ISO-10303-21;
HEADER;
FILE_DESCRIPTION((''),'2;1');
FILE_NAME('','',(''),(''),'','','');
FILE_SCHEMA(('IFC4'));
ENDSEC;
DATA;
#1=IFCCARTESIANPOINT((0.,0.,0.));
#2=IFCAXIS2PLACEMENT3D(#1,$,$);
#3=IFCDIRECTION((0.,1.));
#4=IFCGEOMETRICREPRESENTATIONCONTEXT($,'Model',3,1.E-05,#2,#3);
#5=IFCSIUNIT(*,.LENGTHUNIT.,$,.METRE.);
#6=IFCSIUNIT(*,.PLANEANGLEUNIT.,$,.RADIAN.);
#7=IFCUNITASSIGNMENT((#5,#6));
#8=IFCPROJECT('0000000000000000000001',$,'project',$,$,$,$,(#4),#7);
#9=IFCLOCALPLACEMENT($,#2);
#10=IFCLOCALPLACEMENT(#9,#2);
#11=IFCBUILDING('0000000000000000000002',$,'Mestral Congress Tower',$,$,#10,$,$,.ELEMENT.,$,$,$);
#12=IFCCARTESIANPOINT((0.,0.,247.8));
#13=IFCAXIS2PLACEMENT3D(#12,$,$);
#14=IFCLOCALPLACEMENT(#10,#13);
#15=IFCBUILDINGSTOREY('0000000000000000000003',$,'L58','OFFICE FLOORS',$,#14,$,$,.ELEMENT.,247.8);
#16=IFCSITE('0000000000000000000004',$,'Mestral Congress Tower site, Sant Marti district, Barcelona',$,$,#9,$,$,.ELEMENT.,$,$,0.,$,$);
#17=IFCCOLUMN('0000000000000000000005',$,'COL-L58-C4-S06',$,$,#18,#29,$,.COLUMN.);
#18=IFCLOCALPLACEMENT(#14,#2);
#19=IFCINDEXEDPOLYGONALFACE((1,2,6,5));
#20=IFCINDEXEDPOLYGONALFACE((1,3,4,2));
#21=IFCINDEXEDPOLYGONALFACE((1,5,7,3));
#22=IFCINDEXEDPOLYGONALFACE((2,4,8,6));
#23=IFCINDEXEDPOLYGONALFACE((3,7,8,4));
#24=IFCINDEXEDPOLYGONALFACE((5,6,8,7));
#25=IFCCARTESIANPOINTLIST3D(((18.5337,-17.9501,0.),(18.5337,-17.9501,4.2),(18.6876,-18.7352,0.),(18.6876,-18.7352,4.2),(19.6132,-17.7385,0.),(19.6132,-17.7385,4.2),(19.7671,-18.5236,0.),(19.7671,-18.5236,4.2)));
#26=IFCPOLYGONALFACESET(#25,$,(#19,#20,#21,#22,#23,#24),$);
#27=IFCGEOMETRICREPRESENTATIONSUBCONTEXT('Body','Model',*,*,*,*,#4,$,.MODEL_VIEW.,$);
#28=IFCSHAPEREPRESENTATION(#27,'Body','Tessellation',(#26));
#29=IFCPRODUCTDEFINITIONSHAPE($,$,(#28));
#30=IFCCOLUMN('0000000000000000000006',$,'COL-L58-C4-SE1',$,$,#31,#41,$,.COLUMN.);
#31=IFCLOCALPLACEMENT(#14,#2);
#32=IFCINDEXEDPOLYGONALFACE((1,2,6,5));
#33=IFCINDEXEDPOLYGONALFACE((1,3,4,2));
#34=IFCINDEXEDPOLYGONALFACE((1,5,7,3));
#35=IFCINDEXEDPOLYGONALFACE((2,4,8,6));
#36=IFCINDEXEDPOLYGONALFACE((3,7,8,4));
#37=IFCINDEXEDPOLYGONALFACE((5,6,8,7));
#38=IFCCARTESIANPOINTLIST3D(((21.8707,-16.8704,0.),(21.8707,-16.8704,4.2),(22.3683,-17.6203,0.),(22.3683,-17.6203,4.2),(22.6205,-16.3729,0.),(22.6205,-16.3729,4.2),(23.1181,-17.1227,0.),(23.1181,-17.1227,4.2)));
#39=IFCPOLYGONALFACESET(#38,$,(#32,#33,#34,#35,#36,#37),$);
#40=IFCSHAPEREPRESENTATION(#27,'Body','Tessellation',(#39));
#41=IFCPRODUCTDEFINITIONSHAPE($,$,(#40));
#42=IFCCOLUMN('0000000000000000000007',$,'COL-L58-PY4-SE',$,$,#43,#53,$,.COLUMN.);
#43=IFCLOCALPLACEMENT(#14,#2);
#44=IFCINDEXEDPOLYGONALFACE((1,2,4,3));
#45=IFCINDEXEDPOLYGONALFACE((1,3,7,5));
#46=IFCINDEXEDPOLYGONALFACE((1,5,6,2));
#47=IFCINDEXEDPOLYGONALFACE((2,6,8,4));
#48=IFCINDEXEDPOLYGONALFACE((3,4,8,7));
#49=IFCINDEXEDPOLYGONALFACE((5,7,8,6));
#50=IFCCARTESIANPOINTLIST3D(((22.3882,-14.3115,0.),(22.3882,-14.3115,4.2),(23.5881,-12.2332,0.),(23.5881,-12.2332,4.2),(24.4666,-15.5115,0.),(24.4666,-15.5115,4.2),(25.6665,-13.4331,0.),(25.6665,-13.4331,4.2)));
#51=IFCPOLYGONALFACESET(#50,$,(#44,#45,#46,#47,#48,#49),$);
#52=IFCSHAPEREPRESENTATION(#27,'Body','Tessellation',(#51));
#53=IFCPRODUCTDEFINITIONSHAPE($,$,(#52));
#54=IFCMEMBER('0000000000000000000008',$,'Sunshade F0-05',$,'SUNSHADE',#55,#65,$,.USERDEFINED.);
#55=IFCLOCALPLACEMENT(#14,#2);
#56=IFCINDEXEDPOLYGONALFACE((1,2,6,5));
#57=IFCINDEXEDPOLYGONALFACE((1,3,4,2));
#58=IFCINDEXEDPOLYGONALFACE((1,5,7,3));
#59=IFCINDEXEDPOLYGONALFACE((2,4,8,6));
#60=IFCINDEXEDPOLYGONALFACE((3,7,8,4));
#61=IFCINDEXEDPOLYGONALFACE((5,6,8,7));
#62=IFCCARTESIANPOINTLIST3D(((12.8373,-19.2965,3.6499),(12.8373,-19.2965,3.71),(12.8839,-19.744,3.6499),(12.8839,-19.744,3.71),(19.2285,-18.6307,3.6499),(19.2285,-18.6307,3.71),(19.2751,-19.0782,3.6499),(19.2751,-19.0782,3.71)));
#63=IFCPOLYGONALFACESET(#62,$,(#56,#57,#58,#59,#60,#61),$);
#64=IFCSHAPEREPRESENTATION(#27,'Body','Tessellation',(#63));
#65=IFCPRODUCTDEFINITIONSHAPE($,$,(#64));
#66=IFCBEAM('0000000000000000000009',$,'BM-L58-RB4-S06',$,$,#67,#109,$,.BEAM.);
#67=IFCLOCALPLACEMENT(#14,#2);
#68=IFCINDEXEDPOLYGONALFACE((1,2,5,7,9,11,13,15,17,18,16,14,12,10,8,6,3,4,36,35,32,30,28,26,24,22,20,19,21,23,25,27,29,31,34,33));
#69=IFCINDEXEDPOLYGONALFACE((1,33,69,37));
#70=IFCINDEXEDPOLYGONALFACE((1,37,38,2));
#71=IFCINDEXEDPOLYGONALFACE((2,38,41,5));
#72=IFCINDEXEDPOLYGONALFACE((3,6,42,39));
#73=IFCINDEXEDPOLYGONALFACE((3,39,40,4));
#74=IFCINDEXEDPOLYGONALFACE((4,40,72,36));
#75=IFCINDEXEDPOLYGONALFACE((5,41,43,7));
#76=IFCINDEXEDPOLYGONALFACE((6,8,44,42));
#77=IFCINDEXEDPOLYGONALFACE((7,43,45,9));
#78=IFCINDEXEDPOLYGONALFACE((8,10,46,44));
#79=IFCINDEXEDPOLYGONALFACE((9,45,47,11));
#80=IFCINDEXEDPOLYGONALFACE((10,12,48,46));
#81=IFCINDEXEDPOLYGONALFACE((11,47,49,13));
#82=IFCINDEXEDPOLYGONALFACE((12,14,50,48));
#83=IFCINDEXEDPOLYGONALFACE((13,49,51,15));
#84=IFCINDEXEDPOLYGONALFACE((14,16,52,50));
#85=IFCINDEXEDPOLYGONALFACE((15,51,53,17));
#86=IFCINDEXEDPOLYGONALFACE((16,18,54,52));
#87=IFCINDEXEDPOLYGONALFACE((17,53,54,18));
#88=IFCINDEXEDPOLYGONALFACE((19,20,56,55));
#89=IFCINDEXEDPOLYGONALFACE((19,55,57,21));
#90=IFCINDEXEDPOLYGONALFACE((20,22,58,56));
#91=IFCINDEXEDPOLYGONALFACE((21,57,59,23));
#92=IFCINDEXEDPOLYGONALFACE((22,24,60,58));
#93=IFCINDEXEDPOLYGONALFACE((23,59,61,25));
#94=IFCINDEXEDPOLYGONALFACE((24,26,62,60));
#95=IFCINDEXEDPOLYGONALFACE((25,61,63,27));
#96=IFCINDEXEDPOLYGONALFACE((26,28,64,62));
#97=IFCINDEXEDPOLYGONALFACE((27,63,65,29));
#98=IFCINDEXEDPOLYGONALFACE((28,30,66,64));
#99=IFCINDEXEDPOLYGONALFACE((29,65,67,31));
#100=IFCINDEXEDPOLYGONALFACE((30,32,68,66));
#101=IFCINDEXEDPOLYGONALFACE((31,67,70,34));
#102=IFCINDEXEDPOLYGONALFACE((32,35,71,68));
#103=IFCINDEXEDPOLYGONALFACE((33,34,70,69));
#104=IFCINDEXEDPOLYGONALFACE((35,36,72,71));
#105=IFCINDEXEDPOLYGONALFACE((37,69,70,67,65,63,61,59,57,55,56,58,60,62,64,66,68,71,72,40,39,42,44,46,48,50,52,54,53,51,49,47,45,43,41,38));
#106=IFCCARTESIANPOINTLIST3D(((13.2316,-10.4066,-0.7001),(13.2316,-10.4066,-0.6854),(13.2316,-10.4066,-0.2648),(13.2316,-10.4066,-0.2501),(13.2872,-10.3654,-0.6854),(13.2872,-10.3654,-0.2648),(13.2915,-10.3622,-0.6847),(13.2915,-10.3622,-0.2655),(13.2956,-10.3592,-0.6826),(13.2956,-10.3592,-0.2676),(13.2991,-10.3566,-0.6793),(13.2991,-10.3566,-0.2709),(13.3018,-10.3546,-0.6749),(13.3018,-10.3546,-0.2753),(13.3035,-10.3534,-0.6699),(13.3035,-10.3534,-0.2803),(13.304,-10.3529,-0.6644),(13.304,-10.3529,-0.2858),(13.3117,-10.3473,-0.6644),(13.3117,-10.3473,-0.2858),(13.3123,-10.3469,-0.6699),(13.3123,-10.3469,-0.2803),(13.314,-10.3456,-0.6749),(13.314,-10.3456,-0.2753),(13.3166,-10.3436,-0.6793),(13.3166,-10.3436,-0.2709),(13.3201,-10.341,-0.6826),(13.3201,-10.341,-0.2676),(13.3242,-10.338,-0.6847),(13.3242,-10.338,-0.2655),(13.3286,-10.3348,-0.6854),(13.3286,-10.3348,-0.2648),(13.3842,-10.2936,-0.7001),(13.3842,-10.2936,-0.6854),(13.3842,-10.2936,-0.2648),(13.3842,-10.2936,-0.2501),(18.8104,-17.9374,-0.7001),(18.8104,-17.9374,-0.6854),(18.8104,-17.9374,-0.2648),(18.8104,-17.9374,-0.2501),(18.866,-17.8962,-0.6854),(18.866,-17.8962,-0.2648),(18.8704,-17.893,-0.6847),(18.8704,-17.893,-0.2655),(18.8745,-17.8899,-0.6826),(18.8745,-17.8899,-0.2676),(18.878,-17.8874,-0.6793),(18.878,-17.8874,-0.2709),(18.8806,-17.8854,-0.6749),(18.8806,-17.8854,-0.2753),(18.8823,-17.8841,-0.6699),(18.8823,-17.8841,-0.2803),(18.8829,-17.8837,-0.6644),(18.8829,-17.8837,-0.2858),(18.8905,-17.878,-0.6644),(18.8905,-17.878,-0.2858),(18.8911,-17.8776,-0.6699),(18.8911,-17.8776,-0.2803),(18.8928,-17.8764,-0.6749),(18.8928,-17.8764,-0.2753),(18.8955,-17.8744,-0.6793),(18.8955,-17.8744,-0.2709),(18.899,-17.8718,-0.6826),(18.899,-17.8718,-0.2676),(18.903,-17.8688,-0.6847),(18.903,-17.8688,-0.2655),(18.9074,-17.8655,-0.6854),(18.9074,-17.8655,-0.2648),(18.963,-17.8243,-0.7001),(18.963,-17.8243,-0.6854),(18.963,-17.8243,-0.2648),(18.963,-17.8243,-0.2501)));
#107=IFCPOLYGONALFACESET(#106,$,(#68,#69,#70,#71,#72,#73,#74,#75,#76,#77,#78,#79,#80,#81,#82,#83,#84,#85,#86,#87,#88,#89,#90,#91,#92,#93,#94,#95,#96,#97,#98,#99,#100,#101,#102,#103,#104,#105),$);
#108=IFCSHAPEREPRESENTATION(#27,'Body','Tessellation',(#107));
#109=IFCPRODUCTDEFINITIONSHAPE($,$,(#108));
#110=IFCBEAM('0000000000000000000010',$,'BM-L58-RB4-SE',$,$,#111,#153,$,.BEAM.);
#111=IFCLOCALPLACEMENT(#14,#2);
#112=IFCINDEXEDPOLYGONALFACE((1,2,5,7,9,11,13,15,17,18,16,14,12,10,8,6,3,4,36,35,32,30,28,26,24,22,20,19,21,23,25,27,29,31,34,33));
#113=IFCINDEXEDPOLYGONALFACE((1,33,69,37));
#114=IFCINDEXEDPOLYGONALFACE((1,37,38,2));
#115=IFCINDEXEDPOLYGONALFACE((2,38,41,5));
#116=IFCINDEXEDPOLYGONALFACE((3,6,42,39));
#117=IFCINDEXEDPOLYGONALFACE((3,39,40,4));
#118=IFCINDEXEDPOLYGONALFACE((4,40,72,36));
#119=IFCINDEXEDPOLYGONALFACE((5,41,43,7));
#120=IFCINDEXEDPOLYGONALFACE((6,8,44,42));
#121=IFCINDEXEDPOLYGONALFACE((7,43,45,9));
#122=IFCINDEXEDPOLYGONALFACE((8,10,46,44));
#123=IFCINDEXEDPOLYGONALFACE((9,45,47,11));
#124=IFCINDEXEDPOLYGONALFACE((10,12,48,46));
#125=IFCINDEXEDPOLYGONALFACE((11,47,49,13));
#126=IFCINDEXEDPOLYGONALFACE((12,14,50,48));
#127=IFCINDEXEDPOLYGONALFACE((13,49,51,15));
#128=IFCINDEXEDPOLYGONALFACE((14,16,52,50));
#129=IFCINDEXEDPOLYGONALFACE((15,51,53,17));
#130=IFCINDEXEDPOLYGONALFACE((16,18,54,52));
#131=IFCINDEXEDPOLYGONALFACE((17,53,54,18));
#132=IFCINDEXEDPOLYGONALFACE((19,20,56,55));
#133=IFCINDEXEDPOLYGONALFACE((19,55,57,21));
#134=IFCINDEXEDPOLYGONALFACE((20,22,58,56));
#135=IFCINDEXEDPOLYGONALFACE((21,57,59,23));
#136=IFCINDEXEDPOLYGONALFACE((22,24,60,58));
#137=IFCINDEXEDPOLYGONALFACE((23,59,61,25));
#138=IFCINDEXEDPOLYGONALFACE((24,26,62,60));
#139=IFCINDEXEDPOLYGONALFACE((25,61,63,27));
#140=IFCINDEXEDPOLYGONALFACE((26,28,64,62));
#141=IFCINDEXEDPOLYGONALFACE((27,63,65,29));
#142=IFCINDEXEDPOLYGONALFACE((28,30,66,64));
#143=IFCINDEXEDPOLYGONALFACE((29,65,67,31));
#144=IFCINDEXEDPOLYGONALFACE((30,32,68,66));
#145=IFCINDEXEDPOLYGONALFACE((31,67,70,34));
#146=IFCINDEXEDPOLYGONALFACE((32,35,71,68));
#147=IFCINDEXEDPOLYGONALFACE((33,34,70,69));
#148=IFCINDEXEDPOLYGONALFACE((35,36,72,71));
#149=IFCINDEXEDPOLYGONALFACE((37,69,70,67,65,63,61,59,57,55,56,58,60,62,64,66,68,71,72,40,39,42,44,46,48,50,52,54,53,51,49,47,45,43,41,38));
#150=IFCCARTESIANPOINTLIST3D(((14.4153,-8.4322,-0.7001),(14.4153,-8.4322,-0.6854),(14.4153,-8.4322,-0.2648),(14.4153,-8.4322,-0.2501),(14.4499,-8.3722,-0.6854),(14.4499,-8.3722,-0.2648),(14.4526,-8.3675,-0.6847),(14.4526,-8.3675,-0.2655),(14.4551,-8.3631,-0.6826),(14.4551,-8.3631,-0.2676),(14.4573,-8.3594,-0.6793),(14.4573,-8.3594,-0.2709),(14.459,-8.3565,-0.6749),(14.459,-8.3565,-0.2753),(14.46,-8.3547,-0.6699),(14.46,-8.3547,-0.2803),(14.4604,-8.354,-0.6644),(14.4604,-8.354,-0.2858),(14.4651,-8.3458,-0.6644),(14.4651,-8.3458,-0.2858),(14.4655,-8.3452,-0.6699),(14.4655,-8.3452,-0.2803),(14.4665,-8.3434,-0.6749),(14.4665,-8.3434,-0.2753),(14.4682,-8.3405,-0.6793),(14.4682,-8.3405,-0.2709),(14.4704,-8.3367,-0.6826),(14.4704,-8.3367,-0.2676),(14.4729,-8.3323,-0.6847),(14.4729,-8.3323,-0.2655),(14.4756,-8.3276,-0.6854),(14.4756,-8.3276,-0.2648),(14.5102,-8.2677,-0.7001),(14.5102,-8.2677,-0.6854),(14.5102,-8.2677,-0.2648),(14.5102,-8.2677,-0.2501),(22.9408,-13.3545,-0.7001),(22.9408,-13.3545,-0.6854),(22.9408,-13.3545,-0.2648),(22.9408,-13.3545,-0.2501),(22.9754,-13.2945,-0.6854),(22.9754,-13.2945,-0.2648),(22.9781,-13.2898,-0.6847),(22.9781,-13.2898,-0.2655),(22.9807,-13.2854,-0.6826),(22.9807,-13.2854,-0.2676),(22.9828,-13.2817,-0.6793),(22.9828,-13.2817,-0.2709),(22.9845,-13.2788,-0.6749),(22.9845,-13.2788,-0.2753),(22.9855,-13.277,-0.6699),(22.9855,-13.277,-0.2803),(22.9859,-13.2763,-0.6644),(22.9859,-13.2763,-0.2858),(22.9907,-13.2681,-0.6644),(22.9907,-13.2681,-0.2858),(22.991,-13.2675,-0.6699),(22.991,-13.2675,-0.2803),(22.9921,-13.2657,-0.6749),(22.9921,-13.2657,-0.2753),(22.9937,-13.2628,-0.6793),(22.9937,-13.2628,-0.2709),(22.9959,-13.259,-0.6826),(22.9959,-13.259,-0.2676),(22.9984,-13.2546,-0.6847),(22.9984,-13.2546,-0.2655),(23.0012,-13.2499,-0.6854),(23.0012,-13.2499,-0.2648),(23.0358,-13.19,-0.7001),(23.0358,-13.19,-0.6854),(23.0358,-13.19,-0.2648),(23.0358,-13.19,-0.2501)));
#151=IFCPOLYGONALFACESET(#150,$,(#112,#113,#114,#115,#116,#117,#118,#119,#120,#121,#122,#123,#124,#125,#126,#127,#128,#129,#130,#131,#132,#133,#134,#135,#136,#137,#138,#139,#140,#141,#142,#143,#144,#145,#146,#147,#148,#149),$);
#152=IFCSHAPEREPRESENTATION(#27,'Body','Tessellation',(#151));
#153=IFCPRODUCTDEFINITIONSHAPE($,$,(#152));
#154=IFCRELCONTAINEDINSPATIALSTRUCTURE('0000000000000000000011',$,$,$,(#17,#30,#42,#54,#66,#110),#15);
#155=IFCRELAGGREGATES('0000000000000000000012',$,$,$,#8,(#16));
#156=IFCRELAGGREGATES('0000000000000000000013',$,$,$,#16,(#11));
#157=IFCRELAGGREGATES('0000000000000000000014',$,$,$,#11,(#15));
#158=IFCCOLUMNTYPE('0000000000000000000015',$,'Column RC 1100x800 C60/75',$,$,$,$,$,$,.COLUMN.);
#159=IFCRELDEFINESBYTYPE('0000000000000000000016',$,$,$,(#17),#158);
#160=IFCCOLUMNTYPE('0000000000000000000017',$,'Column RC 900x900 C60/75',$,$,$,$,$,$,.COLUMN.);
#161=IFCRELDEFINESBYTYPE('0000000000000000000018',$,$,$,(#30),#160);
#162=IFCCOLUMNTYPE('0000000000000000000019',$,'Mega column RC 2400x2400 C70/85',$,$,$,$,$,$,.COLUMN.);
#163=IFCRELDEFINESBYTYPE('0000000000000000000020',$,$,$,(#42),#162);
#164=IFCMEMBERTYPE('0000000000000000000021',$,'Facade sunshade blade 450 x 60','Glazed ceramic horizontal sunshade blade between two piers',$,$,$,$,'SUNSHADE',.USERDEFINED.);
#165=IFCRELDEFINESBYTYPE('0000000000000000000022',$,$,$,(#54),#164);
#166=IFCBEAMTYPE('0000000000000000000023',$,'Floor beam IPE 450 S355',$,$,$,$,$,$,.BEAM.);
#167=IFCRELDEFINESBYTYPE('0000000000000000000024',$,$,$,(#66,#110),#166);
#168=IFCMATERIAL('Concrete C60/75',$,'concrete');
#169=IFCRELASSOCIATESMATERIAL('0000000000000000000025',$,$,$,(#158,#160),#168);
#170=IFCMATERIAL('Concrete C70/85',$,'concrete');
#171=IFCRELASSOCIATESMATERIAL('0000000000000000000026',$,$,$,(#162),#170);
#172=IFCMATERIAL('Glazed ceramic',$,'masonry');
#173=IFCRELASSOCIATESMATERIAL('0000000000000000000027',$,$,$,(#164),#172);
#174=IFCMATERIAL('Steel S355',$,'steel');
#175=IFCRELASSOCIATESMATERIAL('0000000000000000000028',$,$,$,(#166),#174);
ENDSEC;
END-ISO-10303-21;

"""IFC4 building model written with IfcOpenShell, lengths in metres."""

from ifc_helpers import new_model, si_unit, direction, frame, origin, origin_2d, place, context, subcontext, project, spatial, rectangle, i_section, extrude, material, material_profile, profile_set, type_object, element, save


model = new_model("IFC4")

# Units and contexts
model_context = context("Model", 3, precision=1e-05, world=origin(), true_north=direction((0.0, 1.0)))
body_context = subcontext(model_context, "Body", "Model", "MODEL_VIEW")
ifc_project = project(units=[si_unit("LENGTHUNIT", "METRE"), si_unit("PLANEANGLEUNIT", "RADIAN")], contexts=[model_context])

# Site, building, storey
site_placement = place(None, origin())
site = spatial("IfcSite", under=ifc_project, at=site_placement, Name="Mestral Congress Tower site, Sant Marti district, Barcelona", CompositionType="ELEMENT", RefElevation=0.0)
building_placement = place(site_placement, origin())
building = spatial("IfcBuilding", under=site, at=building_placement, Name="Mestral Congress Tower", CompositionType="ELEMENT")
storey_placement = place(building_placement, frame((0.0, 0.0, 247.8)))
storey = spatial("IfcBuildingStorey", under=building, at=storey_placement, Name="L58", Description="OFFICE FLOORS", CompositionType="ELEMENT", Elevation=247.8)

# Columns
ifc_material_1 = material(Name="Concrete C60/75", Category="concrete")
ifc_material_profile_1 = material_profile(ifc_material_1, rectangle(XDim=1.1001, YDim=0.8, at=origin_2d()), Name="RC 1100x800")
ifc_profile_set_1 = profile_set([ifc_material_profile_1], Name="Concrete C60/75")
column_type_1 = type_object("IfcColumnType", Name="Column RC 1100x800 C60/75", PredefinedType="COLUMN", material=ifc_profile_set_1)
column_1_placement = place(storey_placement, frame((19.1504, -18.2368, 0.0), z_axis=(0.0, 0.0, 1.0), x_axis=(0.981325, 0.192359, 0.0)))
element("IfcColumn", 1, at=column_1_placement, inside=storey, type_object=column_type_1, Name="COL-L58-C4-S06", PredefinedType="COLUMN", context=body_context, shape_type="SweptSolid", body=[
    extrude(rectangle(XDim=1.1001, YDim=0.8, at=origin_2d()), origin(), (0.0, 0.0, 1.0), 4.2),
])
ifc_material_profile_2 = material_profile(ifc_material_1, rectangle(XDim=0.8999, YDim=0.8999, at=origin_2d()), Name="RC 900x900")
ifc_profile_set_2 = profile_set([ifc_material_profile_2], Name="Concrete C60/75")
column_type_2 = type_object("IfcColumnType", Name="Column RC 900x900 C60/75", PredefinedType="COLUMN", material=ifc_profile_set_2)
column_2_placement = place(storey_placement, frame((22.4944, -16.9966, 0.0), z_axis=(0.0, 0.0, 1.0), x_axis=(0.833239, 0.552913, 0.0)))
element("IfcColumn", 2, at=column_2_placement, inside=storey, type_object=column_type_2, Name="COL-L58-C4-SE1", PredefinedType="COLUMN", context=body_context, shape_type="SweptSolid", body=[
    extrude(rectangle(XDim=0.8999, YDim=0.8999, at=origin_2d()), origin(), (0.0, 0.0, 1.0), 4.2),
])
ifc_material_2 = material(Name="Concrete C70/85", Category="concrete")
ifc_material_profile_3 = material_profile(ifc_material_2, rectangle(XDim=2.3999, YDim=2.3999, at=origin_2d()), Name="RC 2400x2400")
ifc_profile_set_3 = profile_set([ifc_material_profile_3], Name="Concrete C70/85")
column_type_3 = type_object("IfcColumnType", Name="Mega column RC 2400x2400 C70/85", PredefinedType="COLUMN", material=ifc_profile_set_3)
column_3_placement = place(storey_placement, frame((24.0273, -13.8723, 0.0), z_axis=(0.0, 0.0, 1.0), x_axis=(0.866025, -0.5, 0.0)))
element("IfcColumn", 3, at=column_3_placement, inside=storey, type_object=column_type_3, Name="COL-L58-PY4-SE", PredefinedType="COLUMN", context=body_context, shape_type="SweptSolid", body=[
    extrude(rectangle(XDim=2.3999, YDim=2.3999, at=origin_2d()), origin(), (0.0, 0.0, 1.0), 4.2),
])

# Member
ifc_material_3 = material(Name="Glazed ceramic", Category="masonry")
ifc_material_profile_4 = material_profile(ifc_material_3, rectangle(XDim=0.45, YDim=0.0601, at=origin_2d()), Name="Ceramic blade 450 x 60")
ifc_profile_set_4 = profile_set([ifc_material_profile_4], Name="Glazed ceramic")
member_type = type_object("IfcMemberType", Name="Facade sunshade blade 450 x 60", Description="Glazed ceramic horizontal sunshade blade between two piers", ElementType="SUNSHADE", PredefinedType="USERDEFINED", material=ifc_profile_set_4)
member_placement = place(storey_placement, frame((12.8606, -19.5203, 3.6799), z_axis=(0.994618, 0.103611, 0.0), x_axis=(-0.103611, 0.994618, 0.0)))
element("IfcMember", 4, at=member_placement, inside=storey, type_object=member_type, Name="Sunshade F0-05", ObjectType="SUNSHADE", PredefinedType="USERDEFINED", context=body_context, shape_type="SweptSolid", body=[
    extrude(rectangle(XDim=0.45, YDim=0.0601, at=origin_2d()), origin(), (0.0, 0.0, 1.0), 6.4258),
])

# Beams
ifc_material_4 = material(Name="Steel S355", Category="steel")
ifc_material_profile_5 = material_profile(ifc_material_4, i_section(OverallWidth=0.1899, OverallDepth=0.45, WebThickness=0.0095, FlangeThickness=0.0146, FilletRadius=0.021, at=origin_2d()), Name="IPE 450")
ifc_profile_set_5 = profile_set([ifc_material_profile_5], Name="Steel S355")
beam_type_1 = type_object("IfcBeamType", Name="Floor beam IPE 450 S355", PredefinedType="BEAM", material=ifc_profile_set_5)
beam_1_placement = place(storey_placement, frame((18.8867, -17.8809, -0.4751), z_axis=(-0.595263, 0.803531, 0.0), x_axis=(-0.803531, -0.595263, 0.0)))
element("IfcBeam", 5, at=beam_1_placement, inside=storey, type_object=beam_type_1, Name="BM-L58-RB4-S06", PredefinedType="BEAM", context=body_context, shape_type="SweptSolid", body=[
    extrude(i_section(OverallWidth=0.1899, OverallDepth=0.45, WebThickness=0.0095, FlangeThickness=0.0146, FilletRadius=0.021, at=origin_2d()), origin(), (0.0, 0.0, 1.0), 9.3721),
])
beam_2_placement = place(storey_placement, frame((22.9883, -13.2722, -0.4751), z_axis=(-0.866022, 0.500007, 0.0), x_axis=(-0.500007, -0.866022, 0.0)))
element("IfcBeam", 6, at=beam_2_placement, inside=storey, type_object=beam_type_1, Name="BM-L58-RB4-SE", PredefinedType="BEAM", context=body_context, shape_type="SweptSolid", body=[
    extrude(i_section(OverallWidth=0.1899, OverallDepth=0.45, WebThickness=0.0095, FlangeThickness=0.0146, FilletRadius=0.021, at=origin_2d()), origin(), (0.0, 0.0, 1.0), 9.8445),
])

save(model, "model.ifc")
